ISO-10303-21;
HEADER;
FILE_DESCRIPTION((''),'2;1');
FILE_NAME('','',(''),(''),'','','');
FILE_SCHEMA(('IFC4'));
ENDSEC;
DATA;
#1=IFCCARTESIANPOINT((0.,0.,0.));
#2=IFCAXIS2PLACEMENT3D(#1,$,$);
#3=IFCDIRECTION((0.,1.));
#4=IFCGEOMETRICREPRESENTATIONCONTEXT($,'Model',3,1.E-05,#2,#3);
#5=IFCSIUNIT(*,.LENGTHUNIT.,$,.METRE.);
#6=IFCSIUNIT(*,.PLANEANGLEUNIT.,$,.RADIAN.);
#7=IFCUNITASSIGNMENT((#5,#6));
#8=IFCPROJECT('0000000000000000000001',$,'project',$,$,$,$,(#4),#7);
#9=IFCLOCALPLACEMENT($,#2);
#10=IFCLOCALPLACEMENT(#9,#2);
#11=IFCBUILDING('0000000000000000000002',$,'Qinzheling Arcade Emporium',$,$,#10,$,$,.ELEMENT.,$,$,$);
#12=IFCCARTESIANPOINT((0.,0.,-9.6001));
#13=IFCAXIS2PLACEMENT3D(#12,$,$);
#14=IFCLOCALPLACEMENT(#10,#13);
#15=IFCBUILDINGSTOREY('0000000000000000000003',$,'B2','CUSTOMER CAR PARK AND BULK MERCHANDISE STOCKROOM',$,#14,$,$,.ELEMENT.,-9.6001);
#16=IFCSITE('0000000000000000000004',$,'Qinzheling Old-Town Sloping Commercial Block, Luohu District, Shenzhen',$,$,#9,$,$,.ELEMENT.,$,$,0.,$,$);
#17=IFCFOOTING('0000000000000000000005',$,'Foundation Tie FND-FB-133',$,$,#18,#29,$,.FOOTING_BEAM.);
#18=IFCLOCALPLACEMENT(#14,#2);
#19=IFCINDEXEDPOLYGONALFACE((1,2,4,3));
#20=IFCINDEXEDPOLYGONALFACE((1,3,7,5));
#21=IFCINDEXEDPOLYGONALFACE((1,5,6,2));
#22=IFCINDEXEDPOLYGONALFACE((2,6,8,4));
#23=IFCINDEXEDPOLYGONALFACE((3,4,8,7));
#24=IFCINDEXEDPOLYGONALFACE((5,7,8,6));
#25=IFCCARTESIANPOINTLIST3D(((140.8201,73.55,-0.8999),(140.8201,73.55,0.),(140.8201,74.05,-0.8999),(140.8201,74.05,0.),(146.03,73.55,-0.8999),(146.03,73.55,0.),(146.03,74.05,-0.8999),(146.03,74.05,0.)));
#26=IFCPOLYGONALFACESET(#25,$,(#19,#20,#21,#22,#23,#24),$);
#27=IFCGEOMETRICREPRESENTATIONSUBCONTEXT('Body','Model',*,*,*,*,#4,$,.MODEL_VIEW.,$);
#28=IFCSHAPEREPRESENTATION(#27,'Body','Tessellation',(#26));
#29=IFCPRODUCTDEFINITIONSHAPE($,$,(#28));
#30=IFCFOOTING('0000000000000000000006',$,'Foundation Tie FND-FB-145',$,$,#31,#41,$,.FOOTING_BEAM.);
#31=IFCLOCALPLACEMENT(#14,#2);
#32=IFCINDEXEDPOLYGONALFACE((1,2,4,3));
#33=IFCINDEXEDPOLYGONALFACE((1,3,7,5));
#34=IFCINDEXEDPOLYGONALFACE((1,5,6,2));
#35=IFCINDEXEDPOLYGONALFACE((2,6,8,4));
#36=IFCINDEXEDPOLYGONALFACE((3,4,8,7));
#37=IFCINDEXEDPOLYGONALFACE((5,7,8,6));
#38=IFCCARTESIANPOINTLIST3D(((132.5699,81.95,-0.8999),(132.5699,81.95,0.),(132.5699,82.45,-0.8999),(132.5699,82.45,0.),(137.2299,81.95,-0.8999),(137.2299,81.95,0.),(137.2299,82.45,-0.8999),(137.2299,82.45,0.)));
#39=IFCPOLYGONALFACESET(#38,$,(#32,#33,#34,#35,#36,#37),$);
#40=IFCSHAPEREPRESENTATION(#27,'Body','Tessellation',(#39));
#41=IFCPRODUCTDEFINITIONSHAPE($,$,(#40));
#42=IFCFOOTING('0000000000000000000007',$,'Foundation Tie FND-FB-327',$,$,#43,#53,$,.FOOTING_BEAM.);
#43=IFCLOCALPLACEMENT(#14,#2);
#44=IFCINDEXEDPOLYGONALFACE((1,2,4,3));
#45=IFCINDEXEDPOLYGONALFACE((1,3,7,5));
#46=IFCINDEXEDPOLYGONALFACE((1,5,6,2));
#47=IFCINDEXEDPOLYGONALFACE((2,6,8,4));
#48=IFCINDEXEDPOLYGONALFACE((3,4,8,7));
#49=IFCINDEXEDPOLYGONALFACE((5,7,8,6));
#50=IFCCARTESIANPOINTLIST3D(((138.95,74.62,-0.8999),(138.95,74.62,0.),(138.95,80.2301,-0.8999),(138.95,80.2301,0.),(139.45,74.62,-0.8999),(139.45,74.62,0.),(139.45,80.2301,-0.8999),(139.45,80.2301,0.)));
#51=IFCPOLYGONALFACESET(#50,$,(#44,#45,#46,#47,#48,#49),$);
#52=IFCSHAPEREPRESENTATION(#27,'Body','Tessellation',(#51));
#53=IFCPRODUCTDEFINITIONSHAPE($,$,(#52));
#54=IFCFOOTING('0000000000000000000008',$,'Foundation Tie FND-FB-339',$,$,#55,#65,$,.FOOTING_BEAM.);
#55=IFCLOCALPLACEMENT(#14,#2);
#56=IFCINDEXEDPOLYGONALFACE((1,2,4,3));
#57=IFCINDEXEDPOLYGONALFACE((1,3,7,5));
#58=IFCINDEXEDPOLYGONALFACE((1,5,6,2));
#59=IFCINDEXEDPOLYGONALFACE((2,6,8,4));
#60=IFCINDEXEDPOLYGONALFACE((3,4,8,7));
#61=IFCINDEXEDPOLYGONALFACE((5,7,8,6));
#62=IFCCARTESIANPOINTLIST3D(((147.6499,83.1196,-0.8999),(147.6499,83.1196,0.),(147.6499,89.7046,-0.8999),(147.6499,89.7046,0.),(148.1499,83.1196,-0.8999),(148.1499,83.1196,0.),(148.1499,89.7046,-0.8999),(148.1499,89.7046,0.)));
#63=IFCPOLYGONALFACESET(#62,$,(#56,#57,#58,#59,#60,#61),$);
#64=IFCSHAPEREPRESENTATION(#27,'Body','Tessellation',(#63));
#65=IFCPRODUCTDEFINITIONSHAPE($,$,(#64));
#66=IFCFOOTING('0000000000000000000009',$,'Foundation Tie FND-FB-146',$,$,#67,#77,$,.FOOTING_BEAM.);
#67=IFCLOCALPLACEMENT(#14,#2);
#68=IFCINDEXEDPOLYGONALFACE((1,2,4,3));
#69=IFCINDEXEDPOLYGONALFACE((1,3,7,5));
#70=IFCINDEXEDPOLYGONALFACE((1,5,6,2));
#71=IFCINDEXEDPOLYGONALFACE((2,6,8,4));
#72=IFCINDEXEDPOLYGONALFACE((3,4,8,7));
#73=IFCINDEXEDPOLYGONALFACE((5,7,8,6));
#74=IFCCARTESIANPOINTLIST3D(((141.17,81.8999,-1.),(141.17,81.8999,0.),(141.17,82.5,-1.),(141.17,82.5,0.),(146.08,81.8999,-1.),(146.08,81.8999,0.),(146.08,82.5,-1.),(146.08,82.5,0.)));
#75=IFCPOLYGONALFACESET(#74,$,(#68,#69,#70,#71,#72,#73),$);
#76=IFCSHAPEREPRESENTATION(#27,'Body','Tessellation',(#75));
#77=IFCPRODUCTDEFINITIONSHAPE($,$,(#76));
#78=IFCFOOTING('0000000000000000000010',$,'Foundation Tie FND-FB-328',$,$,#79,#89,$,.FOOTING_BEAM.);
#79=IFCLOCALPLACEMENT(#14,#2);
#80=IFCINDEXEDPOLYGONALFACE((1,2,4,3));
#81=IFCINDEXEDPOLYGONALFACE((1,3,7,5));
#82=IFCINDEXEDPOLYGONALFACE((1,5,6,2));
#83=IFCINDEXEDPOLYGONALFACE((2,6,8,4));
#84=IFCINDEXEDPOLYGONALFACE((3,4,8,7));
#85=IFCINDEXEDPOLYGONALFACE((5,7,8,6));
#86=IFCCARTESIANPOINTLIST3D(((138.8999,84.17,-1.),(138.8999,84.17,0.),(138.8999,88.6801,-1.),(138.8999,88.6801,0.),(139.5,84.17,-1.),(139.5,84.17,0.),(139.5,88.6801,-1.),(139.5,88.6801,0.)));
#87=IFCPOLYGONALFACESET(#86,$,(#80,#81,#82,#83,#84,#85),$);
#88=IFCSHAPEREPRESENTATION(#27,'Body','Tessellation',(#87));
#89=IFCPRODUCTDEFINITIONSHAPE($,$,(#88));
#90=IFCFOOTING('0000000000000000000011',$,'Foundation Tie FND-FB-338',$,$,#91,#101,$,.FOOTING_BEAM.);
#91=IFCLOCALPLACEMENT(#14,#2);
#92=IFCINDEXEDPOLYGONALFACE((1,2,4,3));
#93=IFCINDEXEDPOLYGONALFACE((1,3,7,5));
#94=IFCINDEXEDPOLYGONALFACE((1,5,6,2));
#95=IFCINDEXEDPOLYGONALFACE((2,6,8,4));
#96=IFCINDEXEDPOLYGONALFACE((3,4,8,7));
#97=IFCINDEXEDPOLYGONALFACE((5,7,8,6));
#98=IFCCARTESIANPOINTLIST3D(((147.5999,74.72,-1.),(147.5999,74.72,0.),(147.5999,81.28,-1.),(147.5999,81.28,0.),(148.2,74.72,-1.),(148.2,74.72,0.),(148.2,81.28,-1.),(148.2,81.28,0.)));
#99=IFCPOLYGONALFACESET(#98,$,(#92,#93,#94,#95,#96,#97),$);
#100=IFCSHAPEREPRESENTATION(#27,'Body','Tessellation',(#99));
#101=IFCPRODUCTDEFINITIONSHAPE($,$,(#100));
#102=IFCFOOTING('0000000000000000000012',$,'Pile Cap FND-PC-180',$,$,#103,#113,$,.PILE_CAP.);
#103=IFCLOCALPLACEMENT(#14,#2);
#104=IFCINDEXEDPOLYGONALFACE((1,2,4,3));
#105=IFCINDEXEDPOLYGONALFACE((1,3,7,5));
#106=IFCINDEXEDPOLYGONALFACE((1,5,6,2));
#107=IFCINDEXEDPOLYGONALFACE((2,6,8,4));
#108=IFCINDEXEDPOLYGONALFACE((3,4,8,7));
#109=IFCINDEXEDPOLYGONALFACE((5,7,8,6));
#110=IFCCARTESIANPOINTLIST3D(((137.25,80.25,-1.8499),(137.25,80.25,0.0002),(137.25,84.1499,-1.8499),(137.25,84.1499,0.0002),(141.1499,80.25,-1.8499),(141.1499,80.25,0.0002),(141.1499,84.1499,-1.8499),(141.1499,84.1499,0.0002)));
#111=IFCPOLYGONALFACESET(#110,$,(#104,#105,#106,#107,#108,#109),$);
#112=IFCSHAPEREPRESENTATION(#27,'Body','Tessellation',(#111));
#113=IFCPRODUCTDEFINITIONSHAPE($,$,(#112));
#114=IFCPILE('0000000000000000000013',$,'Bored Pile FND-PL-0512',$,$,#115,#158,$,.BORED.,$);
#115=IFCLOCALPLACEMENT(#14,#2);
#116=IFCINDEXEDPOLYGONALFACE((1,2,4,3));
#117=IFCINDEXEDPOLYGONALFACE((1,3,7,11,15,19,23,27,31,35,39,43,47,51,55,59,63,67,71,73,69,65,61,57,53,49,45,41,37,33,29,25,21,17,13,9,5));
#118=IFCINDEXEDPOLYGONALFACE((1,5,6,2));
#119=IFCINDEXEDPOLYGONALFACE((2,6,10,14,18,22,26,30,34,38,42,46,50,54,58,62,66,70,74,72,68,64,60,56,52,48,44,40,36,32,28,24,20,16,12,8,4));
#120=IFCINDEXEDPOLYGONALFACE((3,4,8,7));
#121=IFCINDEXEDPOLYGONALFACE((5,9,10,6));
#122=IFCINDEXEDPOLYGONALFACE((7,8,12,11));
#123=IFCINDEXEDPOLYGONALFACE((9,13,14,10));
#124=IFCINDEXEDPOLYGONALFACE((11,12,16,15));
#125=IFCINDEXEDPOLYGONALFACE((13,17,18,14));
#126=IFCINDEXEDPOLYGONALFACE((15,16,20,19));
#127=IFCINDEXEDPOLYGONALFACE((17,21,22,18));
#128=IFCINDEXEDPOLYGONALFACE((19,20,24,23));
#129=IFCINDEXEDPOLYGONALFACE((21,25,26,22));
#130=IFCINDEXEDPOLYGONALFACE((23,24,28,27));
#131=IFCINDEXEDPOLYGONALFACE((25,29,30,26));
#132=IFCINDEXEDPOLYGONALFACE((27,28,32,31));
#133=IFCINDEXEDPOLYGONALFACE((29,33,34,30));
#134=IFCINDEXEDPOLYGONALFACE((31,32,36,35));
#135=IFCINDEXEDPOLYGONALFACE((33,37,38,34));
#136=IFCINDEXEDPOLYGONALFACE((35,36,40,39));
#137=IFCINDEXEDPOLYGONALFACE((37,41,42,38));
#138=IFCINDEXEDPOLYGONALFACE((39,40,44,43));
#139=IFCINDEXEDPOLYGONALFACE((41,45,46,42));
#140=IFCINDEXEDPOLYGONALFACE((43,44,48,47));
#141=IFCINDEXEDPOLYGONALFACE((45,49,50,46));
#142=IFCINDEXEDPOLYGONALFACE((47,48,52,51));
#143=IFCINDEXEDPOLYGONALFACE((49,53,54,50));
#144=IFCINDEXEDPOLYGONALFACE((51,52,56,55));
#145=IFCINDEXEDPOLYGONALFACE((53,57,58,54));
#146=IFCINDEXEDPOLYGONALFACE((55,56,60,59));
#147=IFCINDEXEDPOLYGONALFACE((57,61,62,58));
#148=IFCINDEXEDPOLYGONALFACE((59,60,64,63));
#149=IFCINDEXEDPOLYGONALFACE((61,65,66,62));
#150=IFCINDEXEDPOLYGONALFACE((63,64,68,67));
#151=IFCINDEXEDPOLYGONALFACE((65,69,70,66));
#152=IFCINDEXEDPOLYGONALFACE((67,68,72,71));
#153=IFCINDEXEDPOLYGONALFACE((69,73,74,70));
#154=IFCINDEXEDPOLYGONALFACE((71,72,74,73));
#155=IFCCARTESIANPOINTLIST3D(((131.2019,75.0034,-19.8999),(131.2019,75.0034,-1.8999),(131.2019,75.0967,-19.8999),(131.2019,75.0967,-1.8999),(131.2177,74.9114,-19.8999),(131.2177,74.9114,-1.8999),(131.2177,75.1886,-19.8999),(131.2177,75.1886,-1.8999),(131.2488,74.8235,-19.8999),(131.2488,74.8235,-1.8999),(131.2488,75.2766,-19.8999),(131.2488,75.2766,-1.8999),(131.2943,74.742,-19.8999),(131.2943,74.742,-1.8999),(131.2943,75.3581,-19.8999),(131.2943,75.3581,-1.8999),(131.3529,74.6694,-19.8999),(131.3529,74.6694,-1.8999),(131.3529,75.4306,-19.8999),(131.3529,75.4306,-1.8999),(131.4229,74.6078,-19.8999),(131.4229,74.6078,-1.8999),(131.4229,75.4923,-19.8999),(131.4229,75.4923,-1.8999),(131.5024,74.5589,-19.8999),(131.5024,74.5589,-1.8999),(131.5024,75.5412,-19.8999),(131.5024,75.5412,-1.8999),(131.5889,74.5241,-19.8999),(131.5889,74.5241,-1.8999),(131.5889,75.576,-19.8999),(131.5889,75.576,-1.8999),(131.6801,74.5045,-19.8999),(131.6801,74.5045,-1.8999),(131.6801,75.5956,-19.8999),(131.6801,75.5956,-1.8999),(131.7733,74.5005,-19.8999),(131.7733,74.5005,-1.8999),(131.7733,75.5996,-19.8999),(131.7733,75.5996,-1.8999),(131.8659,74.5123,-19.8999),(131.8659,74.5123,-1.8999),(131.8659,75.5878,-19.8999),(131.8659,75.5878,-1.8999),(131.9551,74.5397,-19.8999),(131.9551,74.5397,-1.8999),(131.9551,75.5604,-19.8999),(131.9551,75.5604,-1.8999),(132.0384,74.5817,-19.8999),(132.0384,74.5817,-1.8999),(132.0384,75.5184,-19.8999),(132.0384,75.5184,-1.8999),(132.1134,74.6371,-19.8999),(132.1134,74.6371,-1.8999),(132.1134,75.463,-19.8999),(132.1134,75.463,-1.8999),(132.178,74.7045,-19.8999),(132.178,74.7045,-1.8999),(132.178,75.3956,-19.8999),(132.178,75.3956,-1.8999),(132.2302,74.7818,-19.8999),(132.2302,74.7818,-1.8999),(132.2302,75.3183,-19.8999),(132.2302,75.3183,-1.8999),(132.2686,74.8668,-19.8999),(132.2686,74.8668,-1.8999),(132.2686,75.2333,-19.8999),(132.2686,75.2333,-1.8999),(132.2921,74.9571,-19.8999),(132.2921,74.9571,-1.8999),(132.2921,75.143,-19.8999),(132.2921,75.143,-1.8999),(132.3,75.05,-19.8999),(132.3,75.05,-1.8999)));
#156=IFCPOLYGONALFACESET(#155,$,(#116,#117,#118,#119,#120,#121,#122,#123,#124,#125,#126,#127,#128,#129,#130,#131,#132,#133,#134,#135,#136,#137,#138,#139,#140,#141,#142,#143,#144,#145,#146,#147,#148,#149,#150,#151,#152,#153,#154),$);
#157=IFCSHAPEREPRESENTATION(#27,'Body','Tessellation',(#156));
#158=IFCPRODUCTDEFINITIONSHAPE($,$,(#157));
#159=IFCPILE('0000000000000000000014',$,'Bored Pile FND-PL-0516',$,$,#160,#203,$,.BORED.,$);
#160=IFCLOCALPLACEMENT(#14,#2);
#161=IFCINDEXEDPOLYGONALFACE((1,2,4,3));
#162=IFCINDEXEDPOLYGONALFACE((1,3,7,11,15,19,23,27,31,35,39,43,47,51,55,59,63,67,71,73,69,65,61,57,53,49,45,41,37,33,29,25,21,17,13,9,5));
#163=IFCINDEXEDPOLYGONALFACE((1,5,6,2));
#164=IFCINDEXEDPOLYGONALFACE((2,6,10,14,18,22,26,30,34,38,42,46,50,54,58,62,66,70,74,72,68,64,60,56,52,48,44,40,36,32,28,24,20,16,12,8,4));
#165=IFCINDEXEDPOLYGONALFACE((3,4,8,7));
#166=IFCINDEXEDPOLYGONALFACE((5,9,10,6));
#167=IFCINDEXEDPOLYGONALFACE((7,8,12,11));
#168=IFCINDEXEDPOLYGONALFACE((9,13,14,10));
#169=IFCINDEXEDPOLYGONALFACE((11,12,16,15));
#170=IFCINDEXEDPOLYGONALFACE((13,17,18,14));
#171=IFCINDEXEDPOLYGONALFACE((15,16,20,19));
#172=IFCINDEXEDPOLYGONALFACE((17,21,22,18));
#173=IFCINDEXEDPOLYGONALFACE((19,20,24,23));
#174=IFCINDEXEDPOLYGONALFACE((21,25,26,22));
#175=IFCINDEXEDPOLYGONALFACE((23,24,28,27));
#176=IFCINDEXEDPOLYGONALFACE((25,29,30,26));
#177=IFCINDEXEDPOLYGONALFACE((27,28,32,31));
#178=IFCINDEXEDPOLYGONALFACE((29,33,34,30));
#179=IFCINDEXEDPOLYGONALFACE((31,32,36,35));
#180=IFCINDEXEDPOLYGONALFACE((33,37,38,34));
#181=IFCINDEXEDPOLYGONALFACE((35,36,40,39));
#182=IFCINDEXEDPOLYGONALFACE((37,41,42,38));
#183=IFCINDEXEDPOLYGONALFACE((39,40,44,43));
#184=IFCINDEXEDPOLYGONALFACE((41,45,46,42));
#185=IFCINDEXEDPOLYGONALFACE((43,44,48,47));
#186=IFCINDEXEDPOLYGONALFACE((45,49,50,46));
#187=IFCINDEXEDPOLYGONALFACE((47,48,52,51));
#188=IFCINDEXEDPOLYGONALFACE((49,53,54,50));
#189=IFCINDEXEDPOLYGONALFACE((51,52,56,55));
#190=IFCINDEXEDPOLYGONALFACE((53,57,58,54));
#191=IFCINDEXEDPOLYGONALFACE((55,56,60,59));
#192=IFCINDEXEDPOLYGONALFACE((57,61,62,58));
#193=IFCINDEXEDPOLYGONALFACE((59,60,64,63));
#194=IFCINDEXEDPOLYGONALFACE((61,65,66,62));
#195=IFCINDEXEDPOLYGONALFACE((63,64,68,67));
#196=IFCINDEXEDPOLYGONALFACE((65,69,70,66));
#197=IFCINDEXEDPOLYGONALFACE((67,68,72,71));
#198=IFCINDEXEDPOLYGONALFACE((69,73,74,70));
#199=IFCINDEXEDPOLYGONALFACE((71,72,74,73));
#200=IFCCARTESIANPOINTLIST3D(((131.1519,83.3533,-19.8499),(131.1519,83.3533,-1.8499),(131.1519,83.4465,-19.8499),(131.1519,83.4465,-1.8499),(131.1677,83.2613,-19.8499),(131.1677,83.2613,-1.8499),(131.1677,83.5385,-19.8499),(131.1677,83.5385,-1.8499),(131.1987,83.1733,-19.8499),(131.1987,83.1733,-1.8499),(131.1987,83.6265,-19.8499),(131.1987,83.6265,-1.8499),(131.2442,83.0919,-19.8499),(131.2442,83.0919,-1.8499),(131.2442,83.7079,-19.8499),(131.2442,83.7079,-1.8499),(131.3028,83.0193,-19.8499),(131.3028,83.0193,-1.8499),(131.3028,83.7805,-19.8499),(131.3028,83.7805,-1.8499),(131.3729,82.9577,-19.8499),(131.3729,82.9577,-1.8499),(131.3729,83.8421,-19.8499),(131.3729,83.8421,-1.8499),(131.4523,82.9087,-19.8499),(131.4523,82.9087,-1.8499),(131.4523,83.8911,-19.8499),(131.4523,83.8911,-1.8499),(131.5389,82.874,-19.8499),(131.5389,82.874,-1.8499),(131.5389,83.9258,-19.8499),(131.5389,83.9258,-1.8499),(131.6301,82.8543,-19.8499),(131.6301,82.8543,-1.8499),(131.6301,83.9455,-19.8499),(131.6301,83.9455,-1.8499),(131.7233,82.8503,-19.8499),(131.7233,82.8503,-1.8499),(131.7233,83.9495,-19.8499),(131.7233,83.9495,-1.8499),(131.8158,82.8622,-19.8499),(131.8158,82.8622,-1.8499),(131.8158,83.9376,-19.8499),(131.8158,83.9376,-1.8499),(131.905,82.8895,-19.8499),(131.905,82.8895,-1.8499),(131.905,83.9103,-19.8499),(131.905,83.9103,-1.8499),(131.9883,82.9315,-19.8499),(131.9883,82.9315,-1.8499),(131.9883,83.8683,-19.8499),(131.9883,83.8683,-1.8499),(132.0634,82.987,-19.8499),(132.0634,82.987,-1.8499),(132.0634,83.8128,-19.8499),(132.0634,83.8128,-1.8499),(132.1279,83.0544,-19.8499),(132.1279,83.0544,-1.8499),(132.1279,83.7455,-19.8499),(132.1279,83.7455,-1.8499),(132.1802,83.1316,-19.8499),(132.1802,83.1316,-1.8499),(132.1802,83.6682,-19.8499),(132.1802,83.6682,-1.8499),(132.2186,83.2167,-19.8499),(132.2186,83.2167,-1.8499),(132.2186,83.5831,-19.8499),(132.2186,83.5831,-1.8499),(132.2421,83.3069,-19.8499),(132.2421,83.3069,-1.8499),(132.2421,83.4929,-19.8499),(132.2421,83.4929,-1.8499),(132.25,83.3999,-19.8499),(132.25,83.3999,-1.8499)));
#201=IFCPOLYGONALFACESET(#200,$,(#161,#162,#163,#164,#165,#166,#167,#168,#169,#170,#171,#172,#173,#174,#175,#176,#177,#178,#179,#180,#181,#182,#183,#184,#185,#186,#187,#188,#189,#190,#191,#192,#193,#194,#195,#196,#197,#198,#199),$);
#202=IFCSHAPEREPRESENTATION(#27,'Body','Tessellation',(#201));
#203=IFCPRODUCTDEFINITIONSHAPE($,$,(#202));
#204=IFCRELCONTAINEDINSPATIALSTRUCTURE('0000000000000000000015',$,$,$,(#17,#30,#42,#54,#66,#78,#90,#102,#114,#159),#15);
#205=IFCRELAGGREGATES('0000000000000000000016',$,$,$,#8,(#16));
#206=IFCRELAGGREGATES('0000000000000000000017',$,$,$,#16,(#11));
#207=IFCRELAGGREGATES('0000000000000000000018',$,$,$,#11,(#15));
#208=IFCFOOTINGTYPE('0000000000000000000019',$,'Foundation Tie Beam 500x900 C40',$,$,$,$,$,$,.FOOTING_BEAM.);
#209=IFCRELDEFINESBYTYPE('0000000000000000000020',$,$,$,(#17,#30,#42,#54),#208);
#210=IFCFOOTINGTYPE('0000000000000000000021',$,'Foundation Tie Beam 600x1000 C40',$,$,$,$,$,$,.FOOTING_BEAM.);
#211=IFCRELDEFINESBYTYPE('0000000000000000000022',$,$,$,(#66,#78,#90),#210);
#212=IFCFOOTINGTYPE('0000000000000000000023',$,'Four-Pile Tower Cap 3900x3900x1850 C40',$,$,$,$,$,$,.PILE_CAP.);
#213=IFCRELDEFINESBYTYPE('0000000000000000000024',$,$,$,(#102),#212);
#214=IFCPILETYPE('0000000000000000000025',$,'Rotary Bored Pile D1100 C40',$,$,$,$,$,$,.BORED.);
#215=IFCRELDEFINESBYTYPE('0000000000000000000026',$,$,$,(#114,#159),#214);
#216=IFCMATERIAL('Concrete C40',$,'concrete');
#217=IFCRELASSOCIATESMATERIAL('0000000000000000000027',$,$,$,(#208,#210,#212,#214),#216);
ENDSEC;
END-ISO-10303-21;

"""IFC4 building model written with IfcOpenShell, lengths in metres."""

from ifc_helpers import new_model, si_unit, direction, frame, origin, origin_2d, place, context, subcontext, project, spatial, rectangle, circle, extrude, material, material_profile, profile_set, type_object, element, save


model = new_model("IFC4")

# Units and contexts
model_context = context("Model", 3, precision=1e-05, world=origin(), true_north=direction((0.0, 1.0)))
body_context = subcontext(model_context, "Body", "Model", "MODEL_VIEW")
ifc_project = project(units=[si_unit("LENGTHUNIT", "METRE"), si_unit("PLANEANGLEUNIT", "RADIAN")], contexts=[model_context])

# Site, building, storey
site_placement = place(None, origin())
site = spatial("IfcSite", under=ifc_project, at=site_placement, Name="Qinzheling Old-Town Sloping Commercial Block, Luohu District, Shenzhen", CompositionType="ELEMENT", RefElevation=0.0)
building_placement = place(site_placement, origin())
building = spatial("IfcBuilding", under=site, at=building_placement, Name="Qinzheling Arcade Emporium", CompositionType="ELEMENT")
storey_placement = place(building_placement, frame((0.0, 0.0, -9.6001)))
storey = spatial("IfcBuildingStorey", under=building, at=storey_placement, Name="B2", Description="CUSTOMER CAR PARK AND BULK MERCHANDISE STOCKROOM", CompositionType="ELEMENT", Elevation=-9.6001)

# Footings
ifc_material_1 = material(Name="Concrete C40", Category="concrete")
footing_type_1 = type_object("IfcFootingType", Name="Foundation Tie Beam 500x900 C40", PredefinedType="FOOTING_BEAM", material=ifc_material_1)
footing_1_placement = place(storey_placement, frame((143.425, 73.8, -0.8999), z_axis=(0.0, 0.0, 1.0), x_axis=(1.0, 0.0, 0.0)))
element("IfcFooting", 1, at=footing_1_placement, inside=storey, type_object=footing_type_1, Name="Foundation Tie FND-FB-133", PredefinedType="FOOTING_BEAM", context=body_context, shape_type="SweptSolid", body=[
    extrude(rectangle(XDim=5.21, YDim=0.5, at=origin_2d()), origin(), (0.0, 0.0, 1.0), 0.8999),
])
footing_2_placement = place(storey_placement, frame((134.8999, 82.2, -0.8999), z_axis=(0.0, 0.0, 1.0), x_axis=(1.0, 0.0, 0.0)))
element("IfcFooting", 2, at=footing_2_placement, inside=storey, type_object=footing_type_1, Name="Foundation Tie FND-FB-145", PredefinedType="FOOTING_BEAM", context=body_context, shape_type="SweptSolid", body=[
    extrude(rectangle(XDim=4.6599, YDim=0.5, at=origin_2d()), origin(), (0.0, 0.0, 1.0), 0.8999),
])
footing_3_placement = place(storey_placement, frame((139.2, 77.425, -0.8999), z_axis=(0.0, 0.0, 1.0), x_axis=(1.0, 0.0, 0.0)))
element("IfcFooting", 3, at=footing_3_placement, inside=storey, type_object=footing_type_1, Name="Foundation Tie FND-FB-327", PredefinedType="FOOTING_BEAM", context=body_context, shape_type="SweptSolid", body=[
    extrude(rectangle(XDim=0.5, YDim=5.6101, at=origin_2d()), origin(), (0.0, 0.0, 1.0), 0.8999),
])
footing_4_placement = place(storey_placement, frame((147.8999, 86.4121, -0.8999), z_axis=(0.0, 0.0, 1.0), x_axis=(1.0, 0.0, 0.0)))
element("IfcFooting", 4, at=footing_4_placement, inside=storey, type_object=footing_type_1, Name="Foundation Tie FND-FB-339", PredefinedType="FOOTING_BEAM", context=body_context, shape_type="SweptSolid", body=[
    extrude(rectangle(XDim=0.5, YDim=6.585, at=origin_2d()), origin(), (0.0, 0.0, 1.0), 0.8999),
])
footing_type_2 = type_object("IfcFootingType", Name="Foundation Tie Beam 600x1000 C40", PredefinedType="FOOTING_BEAM", material=ifc_material_1)
footing_5_placement = place(storey_placement, frame((143.625, 82.2, -1.0), z_axis=(0.0, 0.0, 1.0), x_axis=(1.0, 0.0, 0.0)))
element("IfcFooting", 5, at=footing_5_placement, inside=storey, type_object=footing_type_2, Name="Foundation Tie FND-FB-146", PredefinedType="FOOTING_BEAM", context=body_context, shape_type="SweptSolid", body=[
    extrude(rectangle(XDim=4.9099, YDim=0.6001, at=origin_2d()), origin(), (0.0, 0.0, 1.0), 1.0),
])
footing_6_placement = place(storey_placement, frame((139.2, 86.425, -1.0), z_axis=(0.0, 0.0, 1.0), x_axis=(1.0, 0.0, 0.0)))
element("IfcFooting", 6, at=footing_6_placement, inside=storey, type_object=footing_type_2, Name="Foundation Tie FND-FB-328", PredefinedType="FOOTING_BEAM", context=body_context, shape_type="SweptSolid", body=[
    extrude(rectangle(XDim=0.6001, YDim=4.51, at=origin_2d()), origin(), (0.0, 0.0, 1.0), 1.0),
])
footing_7_placement = place(storey_placement, frame((147.8999, 78.0, -1.0), z_axis=(0.0, 0.0, 1.0), x_axis=(1.0, 0.0, 0.0)))
element("IfcFooting", 7, at=footing_7_placement, inside=storey, type_object=footing_type_2, Name="Foundation Tie FND-FB-338", PredefinedType="FOOTING_BEAM", context=body_context, shape_type="SweptSolid", body=[
    extrude(rectangle(XDim=0.6001, YDim=6.5601, at=origin_2d()), origin(), (0.0, 0.0, 1.0), 1.0),
])
footing_type_3 = type_object("IfcFootingType", Name="Four-Pile Tower Cap 3900x3900x1850 C40", PredefinedType="PILE_CAP", material=ifc_material_1)
footing_8_placement = place(storey_placement, frame((139.2, 82.2, -1.8499), z_axis=(0.0, 0.0, 1.0), x_axis=(1.0, 0.0, 0.0)))
element("IfcFooting", 8, at=footing_8_placement, inside=storey, type_object=footing_type_3, Name="Pile Cap FND-PC-180", PredefinedType="PILE_CAP", context=body_context, shape_type="SweptSolid", body=[
    extrude(rectangle(XDim=3.8999, YDim=3.8999, at=origin_2d()), origin(), (0.0, 0.0, 1.0), 1.8501),
])

# Piles
ifc_material_profile_1 = material_profile(ifc_material_1, circle(Radius=0.55, at=origin_2d()), Name="BORED D1100", Category="concrete")
ifc_profile_set_1 = profile_set([ifc_material_profile_1], Name="Concrete C40")
pile_type_1 = type_object("IfcPileType", Name="Rotary Bored Pile D1100 C40", PredefinedType="BORED", material=ifc_profile_set_1)
for number, where, z_axis, x_axis, name in (
    (9, (131.75, 75.05, -1.8999), (0.0, 0.0, -1.0), (1.0, 0.0, 0.0), "Bored Pile FND-PL-0512"),
    (10, (131.7, 83.3999, -1.8499), (0.0, 0.0, -1.0), (1.0, 0.0, 0.0), "Bored Pile FND-PL-0516"),
):
    element("IfcPile", number, at=place(storey_placement, frame(where, z_axis=z_axis, x_axis=x_axis)), inside=storey, type_object=pile_type_1, Name=name, PredefinedType="BORED", context=body_context, shape_type="SweptSolid", body=[
        extrude(circle(Radius=0.55, at=origin_2d()), origin(), (0.0, 0.0, 1.0), 18.0),
    ])

save(model, "model.ifc")
